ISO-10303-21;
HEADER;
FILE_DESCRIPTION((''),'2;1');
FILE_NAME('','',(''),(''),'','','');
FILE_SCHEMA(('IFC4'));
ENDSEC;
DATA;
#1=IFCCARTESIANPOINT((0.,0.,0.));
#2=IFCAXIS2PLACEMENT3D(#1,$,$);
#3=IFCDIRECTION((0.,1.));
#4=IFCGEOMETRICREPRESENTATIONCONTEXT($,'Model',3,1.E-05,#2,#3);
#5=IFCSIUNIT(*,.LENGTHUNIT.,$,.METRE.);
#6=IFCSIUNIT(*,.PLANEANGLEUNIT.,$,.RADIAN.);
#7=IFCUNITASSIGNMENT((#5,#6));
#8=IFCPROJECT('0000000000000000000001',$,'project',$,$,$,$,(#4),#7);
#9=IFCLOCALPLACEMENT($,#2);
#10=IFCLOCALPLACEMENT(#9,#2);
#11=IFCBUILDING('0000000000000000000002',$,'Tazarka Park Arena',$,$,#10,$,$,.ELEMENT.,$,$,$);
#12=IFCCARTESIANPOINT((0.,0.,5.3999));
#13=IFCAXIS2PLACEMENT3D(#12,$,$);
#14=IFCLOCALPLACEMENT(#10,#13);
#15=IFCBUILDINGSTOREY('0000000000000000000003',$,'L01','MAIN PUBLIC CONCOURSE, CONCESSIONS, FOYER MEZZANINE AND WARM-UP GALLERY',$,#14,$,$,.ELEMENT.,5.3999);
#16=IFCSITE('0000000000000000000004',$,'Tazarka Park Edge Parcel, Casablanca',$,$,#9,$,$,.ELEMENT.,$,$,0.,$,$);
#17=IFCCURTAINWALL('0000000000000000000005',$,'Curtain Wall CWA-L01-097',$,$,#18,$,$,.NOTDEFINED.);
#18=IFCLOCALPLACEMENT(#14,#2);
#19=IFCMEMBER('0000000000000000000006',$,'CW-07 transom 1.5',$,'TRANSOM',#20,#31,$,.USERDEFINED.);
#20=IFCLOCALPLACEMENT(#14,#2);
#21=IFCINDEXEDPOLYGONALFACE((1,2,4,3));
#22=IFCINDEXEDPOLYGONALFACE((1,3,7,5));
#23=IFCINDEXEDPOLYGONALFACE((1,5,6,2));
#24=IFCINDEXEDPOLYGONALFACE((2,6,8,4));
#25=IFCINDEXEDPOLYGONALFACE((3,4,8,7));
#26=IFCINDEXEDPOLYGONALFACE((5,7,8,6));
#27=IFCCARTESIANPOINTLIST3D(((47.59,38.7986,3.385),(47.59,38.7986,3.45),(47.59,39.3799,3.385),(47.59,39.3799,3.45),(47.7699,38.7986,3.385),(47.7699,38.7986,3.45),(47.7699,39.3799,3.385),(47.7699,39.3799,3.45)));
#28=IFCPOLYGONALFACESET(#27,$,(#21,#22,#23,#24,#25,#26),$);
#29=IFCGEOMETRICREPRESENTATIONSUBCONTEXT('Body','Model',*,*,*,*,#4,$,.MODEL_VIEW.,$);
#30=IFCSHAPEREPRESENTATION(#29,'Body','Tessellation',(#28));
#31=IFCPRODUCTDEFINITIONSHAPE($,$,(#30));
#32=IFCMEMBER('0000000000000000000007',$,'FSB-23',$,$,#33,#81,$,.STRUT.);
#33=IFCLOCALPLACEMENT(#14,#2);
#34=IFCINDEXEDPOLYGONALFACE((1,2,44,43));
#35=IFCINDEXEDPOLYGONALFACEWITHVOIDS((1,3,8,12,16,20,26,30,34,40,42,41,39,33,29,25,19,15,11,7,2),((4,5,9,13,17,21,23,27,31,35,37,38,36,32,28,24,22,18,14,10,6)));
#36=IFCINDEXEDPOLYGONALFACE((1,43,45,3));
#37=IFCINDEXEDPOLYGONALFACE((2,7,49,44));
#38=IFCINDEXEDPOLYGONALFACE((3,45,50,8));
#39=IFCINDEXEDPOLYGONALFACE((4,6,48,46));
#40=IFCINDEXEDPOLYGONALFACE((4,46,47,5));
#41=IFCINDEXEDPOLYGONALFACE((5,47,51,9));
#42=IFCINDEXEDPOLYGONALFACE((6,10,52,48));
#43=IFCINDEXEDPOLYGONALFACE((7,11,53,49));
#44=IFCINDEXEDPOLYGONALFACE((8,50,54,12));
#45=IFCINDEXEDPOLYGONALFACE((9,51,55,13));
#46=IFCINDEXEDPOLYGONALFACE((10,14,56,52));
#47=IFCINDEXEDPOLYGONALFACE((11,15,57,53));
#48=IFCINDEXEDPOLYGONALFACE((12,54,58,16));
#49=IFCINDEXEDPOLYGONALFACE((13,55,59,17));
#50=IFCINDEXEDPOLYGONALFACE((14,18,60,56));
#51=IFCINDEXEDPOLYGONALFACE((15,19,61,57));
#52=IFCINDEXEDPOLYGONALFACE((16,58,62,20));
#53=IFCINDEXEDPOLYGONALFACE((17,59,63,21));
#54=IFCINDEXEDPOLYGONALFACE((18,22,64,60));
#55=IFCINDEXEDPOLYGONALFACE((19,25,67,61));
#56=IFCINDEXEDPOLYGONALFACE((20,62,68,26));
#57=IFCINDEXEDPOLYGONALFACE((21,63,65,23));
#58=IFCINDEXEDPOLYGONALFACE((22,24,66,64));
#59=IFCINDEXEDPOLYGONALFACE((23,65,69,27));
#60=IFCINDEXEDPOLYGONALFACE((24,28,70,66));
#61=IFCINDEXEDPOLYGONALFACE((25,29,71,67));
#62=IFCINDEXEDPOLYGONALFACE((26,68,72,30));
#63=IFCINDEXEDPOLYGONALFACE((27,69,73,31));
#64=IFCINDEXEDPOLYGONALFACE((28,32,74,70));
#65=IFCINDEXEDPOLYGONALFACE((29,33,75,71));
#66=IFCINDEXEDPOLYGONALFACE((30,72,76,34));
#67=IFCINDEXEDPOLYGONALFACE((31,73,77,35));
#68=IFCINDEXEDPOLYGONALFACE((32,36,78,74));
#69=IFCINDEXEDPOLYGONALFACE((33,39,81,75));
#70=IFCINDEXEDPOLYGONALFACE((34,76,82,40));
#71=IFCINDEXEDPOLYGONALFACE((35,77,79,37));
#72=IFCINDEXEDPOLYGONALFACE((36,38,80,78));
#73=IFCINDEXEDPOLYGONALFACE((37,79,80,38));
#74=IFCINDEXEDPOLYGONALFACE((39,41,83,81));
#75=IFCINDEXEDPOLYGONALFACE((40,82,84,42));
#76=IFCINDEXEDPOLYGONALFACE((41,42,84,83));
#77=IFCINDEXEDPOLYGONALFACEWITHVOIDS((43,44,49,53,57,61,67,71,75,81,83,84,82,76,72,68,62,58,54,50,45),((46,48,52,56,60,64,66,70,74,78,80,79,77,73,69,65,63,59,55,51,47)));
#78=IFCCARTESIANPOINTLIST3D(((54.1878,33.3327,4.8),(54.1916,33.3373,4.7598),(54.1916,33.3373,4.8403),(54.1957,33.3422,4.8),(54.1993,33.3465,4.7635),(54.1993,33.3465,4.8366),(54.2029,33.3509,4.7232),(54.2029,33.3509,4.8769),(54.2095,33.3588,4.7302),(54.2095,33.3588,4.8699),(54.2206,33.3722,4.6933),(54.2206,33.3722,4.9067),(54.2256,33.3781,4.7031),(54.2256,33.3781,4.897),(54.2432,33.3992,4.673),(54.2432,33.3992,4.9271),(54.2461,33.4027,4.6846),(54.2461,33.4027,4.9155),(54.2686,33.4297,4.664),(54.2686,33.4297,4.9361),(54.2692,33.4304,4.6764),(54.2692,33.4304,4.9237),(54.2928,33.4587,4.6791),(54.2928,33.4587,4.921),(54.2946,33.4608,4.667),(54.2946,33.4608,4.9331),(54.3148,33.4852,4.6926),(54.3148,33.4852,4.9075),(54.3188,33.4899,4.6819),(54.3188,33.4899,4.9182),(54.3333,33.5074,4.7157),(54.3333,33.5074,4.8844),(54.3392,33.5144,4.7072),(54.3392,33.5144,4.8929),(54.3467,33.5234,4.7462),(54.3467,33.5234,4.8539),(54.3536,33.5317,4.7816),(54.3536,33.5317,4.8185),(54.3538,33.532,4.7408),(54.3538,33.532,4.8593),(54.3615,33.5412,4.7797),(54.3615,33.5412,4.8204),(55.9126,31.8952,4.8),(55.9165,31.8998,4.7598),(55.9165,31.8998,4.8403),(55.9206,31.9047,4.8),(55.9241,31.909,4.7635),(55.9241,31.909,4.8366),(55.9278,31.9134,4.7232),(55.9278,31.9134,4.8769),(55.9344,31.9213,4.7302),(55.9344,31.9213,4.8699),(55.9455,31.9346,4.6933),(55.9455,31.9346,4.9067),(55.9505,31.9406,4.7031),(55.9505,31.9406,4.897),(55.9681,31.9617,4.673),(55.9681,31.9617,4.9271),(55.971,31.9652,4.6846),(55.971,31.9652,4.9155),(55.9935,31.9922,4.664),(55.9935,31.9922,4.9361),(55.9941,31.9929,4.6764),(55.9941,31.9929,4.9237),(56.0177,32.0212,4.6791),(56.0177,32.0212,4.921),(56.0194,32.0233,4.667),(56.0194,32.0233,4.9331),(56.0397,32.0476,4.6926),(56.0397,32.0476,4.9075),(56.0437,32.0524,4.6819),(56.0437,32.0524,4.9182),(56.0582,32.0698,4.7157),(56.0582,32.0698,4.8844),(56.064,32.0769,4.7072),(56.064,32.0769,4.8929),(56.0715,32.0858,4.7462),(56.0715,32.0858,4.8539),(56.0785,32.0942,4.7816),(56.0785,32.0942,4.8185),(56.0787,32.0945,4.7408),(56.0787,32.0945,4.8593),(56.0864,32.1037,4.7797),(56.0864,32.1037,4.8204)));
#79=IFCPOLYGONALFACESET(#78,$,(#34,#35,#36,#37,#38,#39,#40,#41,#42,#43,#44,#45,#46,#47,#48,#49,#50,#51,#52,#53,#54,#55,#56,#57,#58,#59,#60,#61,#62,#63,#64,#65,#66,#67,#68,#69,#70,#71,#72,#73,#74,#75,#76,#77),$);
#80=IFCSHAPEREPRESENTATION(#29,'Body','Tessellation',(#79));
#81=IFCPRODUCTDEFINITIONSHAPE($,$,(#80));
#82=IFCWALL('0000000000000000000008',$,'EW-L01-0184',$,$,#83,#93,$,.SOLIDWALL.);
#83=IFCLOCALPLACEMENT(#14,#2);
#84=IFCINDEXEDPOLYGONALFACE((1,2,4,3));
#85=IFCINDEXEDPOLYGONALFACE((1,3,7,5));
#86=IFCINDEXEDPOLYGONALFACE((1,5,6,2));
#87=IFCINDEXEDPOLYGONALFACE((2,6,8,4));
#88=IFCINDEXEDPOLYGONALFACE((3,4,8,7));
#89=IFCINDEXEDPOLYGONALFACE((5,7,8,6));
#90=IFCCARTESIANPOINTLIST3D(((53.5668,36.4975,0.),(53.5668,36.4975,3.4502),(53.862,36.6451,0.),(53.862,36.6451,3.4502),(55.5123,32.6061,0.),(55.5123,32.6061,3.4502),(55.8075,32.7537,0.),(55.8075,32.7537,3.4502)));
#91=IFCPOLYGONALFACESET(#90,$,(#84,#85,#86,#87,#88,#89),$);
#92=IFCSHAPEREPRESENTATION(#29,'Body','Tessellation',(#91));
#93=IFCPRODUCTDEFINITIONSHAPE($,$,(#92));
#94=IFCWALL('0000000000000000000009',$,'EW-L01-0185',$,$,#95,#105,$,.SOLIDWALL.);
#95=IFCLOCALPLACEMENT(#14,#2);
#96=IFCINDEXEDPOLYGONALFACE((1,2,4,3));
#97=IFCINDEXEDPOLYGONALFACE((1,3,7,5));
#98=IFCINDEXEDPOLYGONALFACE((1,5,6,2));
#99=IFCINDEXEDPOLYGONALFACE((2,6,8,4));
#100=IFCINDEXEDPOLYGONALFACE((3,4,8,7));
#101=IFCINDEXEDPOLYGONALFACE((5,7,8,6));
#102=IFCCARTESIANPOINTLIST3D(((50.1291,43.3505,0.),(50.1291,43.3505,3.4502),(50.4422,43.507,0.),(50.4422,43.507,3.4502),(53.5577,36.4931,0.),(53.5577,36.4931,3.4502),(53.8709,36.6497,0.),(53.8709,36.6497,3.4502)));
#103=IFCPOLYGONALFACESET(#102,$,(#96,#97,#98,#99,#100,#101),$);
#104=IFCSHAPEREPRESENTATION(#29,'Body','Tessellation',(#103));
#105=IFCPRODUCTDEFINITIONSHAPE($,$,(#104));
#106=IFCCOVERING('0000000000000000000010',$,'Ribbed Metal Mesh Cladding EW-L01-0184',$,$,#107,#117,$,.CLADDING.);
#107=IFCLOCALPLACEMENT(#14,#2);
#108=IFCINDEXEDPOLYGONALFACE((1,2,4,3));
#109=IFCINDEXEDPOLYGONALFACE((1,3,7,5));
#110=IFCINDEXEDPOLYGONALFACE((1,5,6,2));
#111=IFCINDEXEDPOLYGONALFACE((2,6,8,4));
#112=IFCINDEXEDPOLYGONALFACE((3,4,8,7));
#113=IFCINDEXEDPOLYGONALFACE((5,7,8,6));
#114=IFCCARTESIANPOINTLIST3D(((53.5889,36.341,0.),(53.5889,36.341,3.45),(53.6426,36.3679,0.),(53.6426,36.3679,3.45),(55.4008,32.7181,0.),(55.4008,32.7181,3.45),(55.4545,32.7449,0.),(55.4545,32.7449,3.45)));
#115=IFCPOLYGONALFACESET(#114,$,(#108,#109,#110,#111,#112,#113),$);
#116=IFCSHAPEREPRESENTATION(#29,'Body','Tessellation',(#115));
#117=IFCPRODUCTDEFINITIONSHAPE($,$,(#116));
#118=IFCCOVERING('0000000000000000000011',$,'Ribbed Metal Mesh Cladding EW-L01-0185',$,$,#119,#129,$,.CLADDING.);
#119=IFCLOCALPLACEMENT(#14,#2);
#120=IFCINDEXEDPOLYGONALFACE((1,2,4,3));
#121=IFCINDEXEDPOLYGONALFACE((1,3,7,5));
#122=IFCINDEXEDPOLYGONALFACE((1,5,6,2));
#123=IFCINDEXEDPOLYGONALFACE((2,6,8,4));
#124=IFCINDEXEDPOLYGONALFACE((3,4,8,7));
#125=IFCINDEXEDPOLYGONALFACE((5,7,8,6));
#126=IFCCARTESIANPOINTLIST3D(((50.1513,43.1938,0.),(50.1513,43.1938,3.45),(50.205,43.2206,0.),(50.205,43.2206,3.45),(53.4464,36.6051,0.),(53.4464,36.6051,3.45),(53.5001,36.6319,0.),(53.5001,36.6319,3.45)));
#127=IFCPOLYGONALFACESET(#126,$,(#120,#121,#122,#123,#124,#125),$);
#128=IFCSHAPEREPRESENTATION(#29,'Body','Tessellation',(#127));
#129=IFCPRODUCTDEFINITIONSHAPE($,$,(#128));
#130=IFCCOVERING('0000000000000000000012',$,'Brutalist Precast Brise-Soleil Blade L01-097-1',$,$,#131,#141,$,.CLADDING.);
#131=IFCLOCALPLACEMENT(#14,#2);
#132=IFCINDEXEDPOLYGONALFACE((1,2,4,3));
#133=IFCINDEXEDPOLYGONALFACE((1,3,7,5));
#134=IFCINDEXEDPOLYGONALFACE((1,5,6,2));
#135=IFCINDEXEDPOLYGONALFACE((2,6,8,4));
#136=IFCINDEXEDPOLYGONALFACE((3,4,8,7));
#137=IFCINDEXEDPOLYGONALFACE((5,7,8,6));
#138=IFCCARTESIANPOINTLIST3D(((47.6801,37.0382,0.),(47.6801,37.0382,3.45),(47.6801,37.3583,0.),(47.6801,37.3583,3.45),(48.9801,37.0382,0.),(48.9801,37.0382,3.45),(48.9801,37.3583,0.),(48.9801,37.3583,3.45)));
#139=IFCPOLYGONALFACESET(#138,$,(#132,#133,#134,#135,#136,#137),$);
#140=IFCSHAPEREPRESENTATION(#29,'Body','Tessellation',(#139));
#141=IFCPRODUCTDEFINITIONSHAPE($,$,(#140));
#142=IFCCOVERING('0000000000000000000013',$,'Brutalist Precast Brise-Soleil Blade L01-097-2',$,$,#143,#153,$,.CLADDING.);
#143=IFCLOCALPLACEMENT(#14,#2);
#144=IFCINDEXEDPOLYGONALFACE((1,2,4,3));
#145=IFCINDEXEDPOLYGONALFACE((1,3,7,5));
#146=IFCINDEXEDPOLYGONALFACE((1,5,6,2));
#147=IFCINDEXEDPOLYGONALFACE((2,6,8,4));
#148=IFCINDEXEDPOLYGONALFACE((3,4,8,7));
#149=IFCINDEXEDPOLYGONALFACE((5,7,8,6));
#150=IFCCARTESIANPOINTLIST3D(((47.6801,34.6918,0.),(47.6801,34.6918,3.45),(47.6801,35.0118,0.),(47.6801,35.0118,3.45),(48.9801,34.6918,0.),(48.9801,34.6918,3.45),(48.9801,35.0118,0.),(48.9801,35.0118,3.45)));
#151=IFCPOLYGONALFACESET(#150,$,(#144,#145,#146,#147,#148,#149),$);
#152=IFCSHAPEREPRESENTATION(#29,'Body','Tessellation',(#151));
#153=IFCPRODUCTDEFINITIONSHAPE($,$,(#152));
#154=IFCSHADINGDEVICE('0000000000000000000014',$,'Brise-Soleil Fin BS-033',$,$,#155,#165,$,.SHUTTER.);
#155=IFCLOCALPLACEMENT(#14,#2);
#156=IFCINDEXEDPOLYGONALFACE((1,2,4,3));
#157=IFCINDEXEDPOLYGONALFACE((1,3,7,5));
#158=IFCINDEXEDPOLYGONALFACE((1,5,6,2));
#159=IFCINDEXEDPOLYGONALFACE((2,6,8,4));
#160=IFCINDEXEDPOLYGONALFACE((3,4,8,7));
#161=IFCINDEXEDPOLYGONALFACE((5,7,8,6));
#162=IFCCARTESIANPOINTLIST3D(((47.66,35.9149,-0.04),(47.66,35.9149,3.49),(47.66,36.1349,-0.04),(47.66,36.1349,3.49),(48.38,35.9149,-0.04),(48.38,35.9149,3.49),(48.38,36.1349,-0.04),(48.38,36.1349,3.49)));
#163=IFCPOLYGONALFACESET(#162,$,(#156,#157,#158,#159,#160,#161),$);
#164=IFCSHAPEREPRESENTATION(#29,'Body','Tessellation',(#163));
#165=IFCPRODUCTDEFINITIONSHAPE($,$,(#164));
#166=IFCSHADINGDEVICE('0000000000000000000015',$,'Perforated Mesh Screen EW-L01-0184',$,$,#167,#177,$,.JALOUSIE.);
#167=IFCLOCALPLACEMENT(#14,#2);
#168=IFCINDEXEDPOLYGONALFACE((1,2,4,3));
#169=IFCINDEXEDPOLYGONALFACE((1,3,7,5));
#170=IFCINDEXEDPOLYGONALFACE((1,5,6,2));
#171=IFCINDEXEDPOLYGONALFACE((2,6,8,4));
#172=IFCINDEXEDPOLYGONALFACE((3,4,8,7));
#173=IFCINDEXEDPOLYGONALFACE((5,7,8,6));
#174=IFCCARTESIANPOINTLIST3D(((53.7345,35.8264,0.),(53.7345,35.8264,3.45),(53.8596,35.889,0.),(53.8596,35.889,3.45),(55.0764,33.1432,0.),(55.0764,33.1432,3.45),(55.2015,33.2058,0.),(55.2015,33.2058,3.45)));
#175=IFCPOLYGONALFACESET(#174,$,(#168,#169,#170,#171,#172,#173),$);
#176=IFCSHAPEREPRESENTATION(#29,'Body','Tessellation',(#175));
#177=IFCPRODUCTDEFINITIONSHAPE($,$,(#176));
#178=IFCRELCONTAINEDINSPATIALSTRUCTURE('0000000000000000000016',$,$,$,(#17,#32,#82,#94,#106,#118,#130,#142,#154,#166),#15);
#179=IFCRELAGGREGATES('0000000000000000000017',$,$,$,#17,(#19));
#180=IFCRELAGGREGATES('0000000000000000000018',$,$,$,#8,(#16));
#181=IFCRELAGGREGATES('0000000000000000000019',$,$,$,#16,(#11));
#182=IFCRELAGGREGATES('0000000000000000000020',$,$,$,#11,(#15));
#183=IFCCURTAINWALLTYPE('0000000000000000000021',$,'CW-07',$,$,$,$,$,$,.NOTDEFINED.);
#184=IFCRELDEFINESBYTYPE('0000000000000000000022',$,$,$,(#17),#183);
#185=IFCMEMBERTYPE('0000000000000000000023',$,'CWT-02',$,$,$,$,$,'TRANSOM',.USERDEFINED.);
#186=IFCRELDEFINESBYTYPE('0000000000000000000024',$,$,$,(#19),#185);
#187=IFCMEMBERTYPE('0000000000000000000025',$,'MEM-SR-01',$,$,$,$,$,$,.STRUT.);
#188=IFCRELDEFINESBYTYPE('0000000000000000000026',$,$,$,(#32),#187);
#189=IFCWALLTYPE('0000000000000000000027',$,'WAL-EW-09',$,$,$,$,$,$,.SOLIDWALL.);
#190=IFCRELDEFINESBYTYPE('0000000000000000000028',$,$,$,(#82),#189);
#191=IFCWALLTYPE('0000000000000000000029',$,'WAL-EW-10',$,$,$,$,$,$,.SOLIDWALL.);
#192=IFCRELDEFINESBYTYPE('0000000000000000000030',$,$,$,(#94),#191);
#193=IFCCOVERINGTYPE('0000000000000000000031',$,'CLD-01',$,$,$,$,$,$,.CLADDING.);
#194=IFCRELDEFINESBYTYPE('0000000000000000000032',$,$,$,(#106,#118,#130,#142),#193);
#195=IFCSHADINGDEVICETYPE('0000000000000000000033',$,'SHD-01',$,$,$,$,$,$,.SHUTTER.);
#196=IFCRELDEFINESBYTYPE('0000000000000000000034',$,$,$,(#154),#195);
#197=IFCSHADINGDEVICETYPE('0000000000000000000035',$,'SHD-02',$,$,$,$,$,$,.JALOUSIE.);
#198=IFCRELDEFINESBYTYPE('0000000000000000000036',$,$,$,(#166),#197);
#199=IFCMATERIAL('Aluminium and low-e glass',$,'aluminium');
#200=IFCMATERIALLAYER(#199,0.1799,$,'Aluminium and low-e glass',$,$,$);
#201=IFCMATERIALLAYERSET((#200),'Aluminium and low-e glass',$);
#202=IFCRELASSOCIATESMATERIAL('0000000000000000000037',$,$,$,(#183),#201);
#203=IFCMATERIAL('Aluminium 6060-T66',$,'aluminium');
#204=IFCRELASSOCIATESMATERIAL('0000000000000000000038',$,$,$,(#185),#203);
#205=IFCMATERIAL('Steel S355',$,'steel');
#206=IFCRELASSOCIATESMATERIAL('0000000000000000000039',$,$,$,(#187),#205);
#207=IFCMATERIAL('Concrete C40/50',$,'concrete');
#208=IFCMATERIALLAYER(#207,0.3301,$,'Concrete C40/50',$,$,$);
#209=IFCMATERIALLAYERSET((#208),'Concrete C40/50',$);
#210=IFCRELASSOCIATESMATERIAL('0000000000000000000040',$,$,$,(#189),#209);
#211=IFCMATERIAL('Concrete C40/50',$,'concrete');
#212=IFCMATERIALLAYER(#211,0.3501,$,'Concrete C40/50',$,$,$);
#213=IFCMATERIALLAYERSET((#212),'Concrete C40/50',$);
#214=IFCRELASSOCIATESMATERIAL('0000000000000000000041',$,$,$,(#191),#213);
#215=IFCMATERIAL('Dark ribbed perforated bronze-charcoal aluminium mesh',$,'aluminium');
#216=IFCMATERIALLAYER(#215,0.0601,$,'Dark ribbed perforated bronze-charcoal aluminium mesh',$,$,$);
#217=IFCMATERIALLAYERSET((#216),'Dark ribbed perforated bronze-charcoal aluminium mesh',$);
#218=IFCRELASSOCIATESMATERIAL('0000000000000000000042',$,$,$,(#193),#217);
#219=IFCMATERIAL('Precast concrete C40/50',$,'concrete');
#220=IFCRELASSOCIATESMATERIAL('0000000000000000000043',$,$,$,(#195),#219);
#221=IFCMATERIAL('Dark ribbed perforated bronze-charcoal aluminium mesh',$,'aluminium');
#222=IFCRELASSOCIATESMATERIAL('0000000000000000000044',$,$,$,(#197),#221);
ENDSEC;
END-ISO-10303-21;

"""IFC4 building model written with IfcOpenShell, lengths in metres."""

from ifc_helpers import new_model, si_unit, direction, frame, frame_2d, origin, origin_2d, place, context, subcontext, project, spatial, rectangle, hollow_circle, extrude, material, layer, layer_set, material_profile, profile_set, type_object, element, aggregate, save


model = new_model("IFC4")

# Units and contexts
model_context = context("Model", 3, precision=1e-05, world=origin(), true_north=direction((0.0, 1.0)))
body_context = subcontext(model_context, "Body", "Model", "MODEL_VIEW")
ifc_project = project(units=[si_unit("LENGTHUNIT", "METRE"), si_unit("PLANEANGLEUNIT", "RADIAN")], contexts=[model_context])

# Site, building, storey
site_placement = place(None, origin())
site = spatial("IfcSite", under=ifc_project, at=site_placement, Name="Tazarka Park Edge Parcel, Casablanca", CompositionType="ELEMENT", RefElevation=0.0)
building_placement = place(site_placement, origin())
building = spatial("IfcBuilding", under=site, at=building_placement, Name="Tazarka Park Arena", CompositionType="ELEMENT")
storey_placement = place(building_placement, frame((0.0, 0.0, 5.3999)))
storey = spatial("IfcBuildingStorey", under=building, at=storey_placement, Name="L01", Description="MAIN PUBLIC CONCOURSE, CONCESSIONS, FOYER MEZZANINE AND WARM-UP GALLERY", CompositionType="ELEMENT", Elevation=5.3999)

# Curtain wall, member
ifc_material_1 = material(Name="Aluminium and low-e glass", Category="aluminium")
ifc_layer_1 = layer(ifc_material_1, 0.1799, Name="Aluminium and low-e glass")
ifc_layer_set_1 = layer_set([ifc_layer_1], Name="Aluminium and low-e glass")
curtain_wall_type = type_object("IfcCurtainWallType", Name="CW-07", PredefinedType="NOTDEFINED", material=ifc_layer_set_1)
curtain_wall_placement = place(storey_placement, origin())
curtain_wall = element("IfcCurtainWall", 1, at=curtain_wall_placement, inside=storey, type_object=curtain_wall_type, Name="Curtain Wall CWA-L01-097", PredefinedType="NOTDEFINED")
ifc_material_2 = material(Name="Aluminium 6060-T66", Category="aluminium")
ifc_material_profile_1 = material_profile(ifc_material_2, rectangle(XDim=0.1799, YDim=0.0649, at=origin_2d()), Name="Aluminium 6060-T66")
ifc_profile_set_1 = profile_set([ifc_material_profile_1], Name="Aluminium 6060-T66")
member_type_1 = type_object("IfcMemberType", Name="CWT-02", ElementType="TRANSOM", PredefinedType="USERDEFINED", material=ifc_profile_set_1)
member_1_placement = place(storey_placement, frame((47.6799, 39.3799, 3.4175), z_axis=(0.0, -1.0, 0.0), x_axis=(1.0, 0.0, 0.0)))
member_1 = element("IfcMember", 2, at=member_1_placement, type_object=member_type_1, Name="CW-07 transom 1.5", ObjectType="TRANSOM", PredefinedType="USERDEFINED", context=body_context, shape_type="SweptSolid", body=[
    extrude(rectangle(XDim=0.1799, YDim=0.0649, at=origin_2d()), origin(), (0.0, 0.0, 1.0), 0.5813),
])
aggregate(curtain_wall, [member_1])

# Member
ifc_material_3 = material(Name="Steel S355", Category="steel")
ifc_material_profile_2 = material_profile(ifc_material_3, hollow_circle(Radius=0.1365, WallThickness=0.0125, at=origin_2d()), Name="Steel S355")
ifc_profile_set_2 = profile_set([ifc_material_profile_2], Name="Steel S355")
member_type_2 = type_object("IfcMemberType", Name="MEM-SR-01", PredefinedType="STRUT", material=ifc_profile_set_2)
member_2_placement = place(storey_placement, frame((56.0, 32.0, 4.8), z_axis=(-0.768195, 0.640216, 0.0), x_axis=(-0.640216, -0.768195, 0.0)))
element("IfcMember", 3, at=member_2_placement, inside=storey, type_object=member_type_2, Name="FSB-23", PredefinedType="STRUT", context=body_context, shape_type="SweptSolid", body=[
    extrude(hollow_circle(Radius=0.1365, WallThickness=0.0125, at=origin_2d()), origin(), (0.0, 0.0, 1.0), 2.2454),
])

# Walls
ifc_material_4 = material(Name="Concrete C40/50", Category="concrete")
ifc_layer_2 = layer(ifc_material_4, 0.3301, Name="Concrete C40/50")
ifc_layer_set_2 = layer_set([ifc_layer_2], Name="Concrete C40/50")
wall_type_1 = type_object("IfcWallType", Name="WAL-EW-09", PredefinedType="SOLIDWALL", material=ifc_layer_set_2)
wall_1_placement = place(storey_placement, frame((55.6599, 32.6799, 0.0), z_axis=(0.0, 0.0, 1.0), x_axis=(-0.447191, 0.894438, 0.0)))
element("IfcWall", 4, at=wall_1_placement, inside=storey, type_object=wall_type_1, Name="EW-L01-0184", PredefinedType="SOLIDWALL", context=body_context, shape_type="SweptSolid", body=[
    extrude(rectangle(XDim=4.3506, YDim=0.3301, at=frame_2d((2.1753, 0.0))), origin(), (0.0, 0.0, 1.0), 3.4502),
])
ifc_material_5 = material(Name="Concrete C40/50", Category="concrete")
ifc_layer_3 = layer(ifc_material_5, 0.3501, Name="Concrete C40/50")
ifc_layer_set_3 = layer_set([ifc_layer_3], Name="Concrete C40/50")
wall_type_2 = type_object("IfcWallType", Name="WAL-EW-10", PredefinedType="SOLIDWALL", material=ifc_layer_set_3)
wall_2_placement = place(storey_placement, frame((53.7144, 36.5713, 0.0), z_axis=(0.0, 0.0, 1.0), x_axis=(-0.447214, 0.894427, 0.0)))
element("IfcWall", 5, at=wall_2_placement, inside=storey, type_object=wall_type_2, Name="EW-L01-0185", PredefinedType="SOLIDWALL", context=body_context, shape_type="SweptSolid", body=[
    extrude(rectangle(XDim=7.6667, YDim=0.3501, at=frame_2d((3.8335, 0.0))), origin(), (0.0, 0.0, 1.0), 3.4502),
])

# Coverings
ifc_material_6 = material(Name="Dark ribbed perforated bronze-charcoal aluminium mesh", Category="aluminium")
ifc_layer_4 = layer(ifc_material_6, 0.0601, Name="Dark ribbed perforated bronze-charcoal aluminium mesh")
ifc_layer_set_4 = layer_set([ifc_layer_4], Name="Dark ribbed perforated bronze-charcoal aluminium mesh")
covering_type = type_object("IfcCoveringType", Name="CLD-01", PredefinedType="CLADDING", material=ifc_layer_set_4)
covering_1_placement = place(storey_placement, frame((54.5217, 34.543, 0.0), z_axis=(0.0, 0.0, 1.0), x_axis=(-0.447291, 0.894389, 0.0)))
element("IfcCovering", 6, at=covering_1_placement, inside=storey, type_object=covering_type, Name="Ribbed Metal Mesh Cladding EW-L01-0184", PredefinedType="CLADDING", context=body_context, shape_type="SweptSolid", body=[
    extrude(rectangle(XDim=4.0508, YDim=0.0601, at=origin_2d()), origin(), (0.0, 0.0, 1.0), 3.45),
])
covering_2_placement = place(storey_placement, frame((51.8257, 39.9128, 0.0), z_axis=(0.0, 0.0, 1.0), x_axis=(-0.447291, 0.894389, 0.0)))
element("IfcCovering", 7, at=covering_2_placement, inside=storey, type_object=covering_type, Name="Ribbed Metal Mesh Cladding EW-L01-0185", PredefinedType="CLADDING", context=body_context, shape_type="SweptSolid", body=[
    extrude(rectangle(XDim=7.3667, YDim=0.0601, at=origin_2d()), origin(), (0.0, 0.0, 1.0), 3.45),
])
for number, where, z_axis, x_axis, name in (
    (8, (48.3301, 37.1982, 0.0), (0.0, 0.0, 1.0), (0.0, -1.0, 0.0), "Brutalist Precast Brise-Soleil Blade L01-097-1"),
    (9, (48.3301, 34.8518, 0.0), (0.0, 0.0, 1.0), (0.0, -1.0, 0.0), "Brutalist Precast Brise-Soleil Blade L01-097-2"),
):
    element("IfcCovering", number, at=place(storey_placement, frame(where, z_axis=z_axis, x_axis=x_axis)), inside=storey, type_object=covering_type, Name=name, PredefinedType="CLADDING", context=body_context, shape_type="SweptSolid", body=[
        extrude(rectangle(XDim=0.3201, YDim=1.3, at=origin_2d()), origin(), (0.0, 0.0, 1.0), 3.45),
    ])

# Shading devices
ifc_material_7 = material(Name="Precast concrete C40/50", Category="concrete")
shading_device_type_1 = type_object("IfcShadingDeviceType", Name="SHD-01", PredefinedType="SHUTTER", material=ifc_material_7)
shading_device_1_placement = place(storey_placement, frame((48.02, 36.0249, -0.04), z_axis=(0.0, 0.0, 1.0), x_axis=(0.0, -1.0, 0.0)))
element("IfcShadingDevice", 10, at=shading_device_1_placement, inside=storey, type_object=shading_device_type_1, Name="Brise-Soleil Fin BS-033", PredefinedType="SHUTTER", context=body_context, shape_type="SweptSolid", body=[
    extrude(rectangle(XDim=0.22, YDim=0.72, at=origin_2d()), origin(), (0.0, 0.0, 1.0), 3.53),
])
ifc_material_8 = material(Name="Dark ribbed perforated bronze-charcoal aluminium mesh", Category="aluminium")
shading_device_type_2 = type_object("IfcShadingDeviceType", Name="SHD-02", PredefinedType="JALOUSIE", material=ifc_material_8)
shading_device_2_placement = place(storey_placement, frame((54.468, 34.5161, 0.0), z_axis=(0.0, 0.0, 1.0), x_axis=(-0.447291, 0.894389, 0.0)))
element("IfcShadingDevice", 11, at=shading_device_2_placement, inside=storey, type_object=shading_device_type_2, Name="Perforated Mesh Screen EW-L01-0184", PredefinedType="JALOUSIE", context=body_context, shape_type="SweptSolid", body=[
    extrude(rectangle(XDim=3.0, YDim=0.1399, at=origin_2d()), origin(), (0.0, 0.0, 1.0), 3.45),
])

save(model, "model.ifc")
